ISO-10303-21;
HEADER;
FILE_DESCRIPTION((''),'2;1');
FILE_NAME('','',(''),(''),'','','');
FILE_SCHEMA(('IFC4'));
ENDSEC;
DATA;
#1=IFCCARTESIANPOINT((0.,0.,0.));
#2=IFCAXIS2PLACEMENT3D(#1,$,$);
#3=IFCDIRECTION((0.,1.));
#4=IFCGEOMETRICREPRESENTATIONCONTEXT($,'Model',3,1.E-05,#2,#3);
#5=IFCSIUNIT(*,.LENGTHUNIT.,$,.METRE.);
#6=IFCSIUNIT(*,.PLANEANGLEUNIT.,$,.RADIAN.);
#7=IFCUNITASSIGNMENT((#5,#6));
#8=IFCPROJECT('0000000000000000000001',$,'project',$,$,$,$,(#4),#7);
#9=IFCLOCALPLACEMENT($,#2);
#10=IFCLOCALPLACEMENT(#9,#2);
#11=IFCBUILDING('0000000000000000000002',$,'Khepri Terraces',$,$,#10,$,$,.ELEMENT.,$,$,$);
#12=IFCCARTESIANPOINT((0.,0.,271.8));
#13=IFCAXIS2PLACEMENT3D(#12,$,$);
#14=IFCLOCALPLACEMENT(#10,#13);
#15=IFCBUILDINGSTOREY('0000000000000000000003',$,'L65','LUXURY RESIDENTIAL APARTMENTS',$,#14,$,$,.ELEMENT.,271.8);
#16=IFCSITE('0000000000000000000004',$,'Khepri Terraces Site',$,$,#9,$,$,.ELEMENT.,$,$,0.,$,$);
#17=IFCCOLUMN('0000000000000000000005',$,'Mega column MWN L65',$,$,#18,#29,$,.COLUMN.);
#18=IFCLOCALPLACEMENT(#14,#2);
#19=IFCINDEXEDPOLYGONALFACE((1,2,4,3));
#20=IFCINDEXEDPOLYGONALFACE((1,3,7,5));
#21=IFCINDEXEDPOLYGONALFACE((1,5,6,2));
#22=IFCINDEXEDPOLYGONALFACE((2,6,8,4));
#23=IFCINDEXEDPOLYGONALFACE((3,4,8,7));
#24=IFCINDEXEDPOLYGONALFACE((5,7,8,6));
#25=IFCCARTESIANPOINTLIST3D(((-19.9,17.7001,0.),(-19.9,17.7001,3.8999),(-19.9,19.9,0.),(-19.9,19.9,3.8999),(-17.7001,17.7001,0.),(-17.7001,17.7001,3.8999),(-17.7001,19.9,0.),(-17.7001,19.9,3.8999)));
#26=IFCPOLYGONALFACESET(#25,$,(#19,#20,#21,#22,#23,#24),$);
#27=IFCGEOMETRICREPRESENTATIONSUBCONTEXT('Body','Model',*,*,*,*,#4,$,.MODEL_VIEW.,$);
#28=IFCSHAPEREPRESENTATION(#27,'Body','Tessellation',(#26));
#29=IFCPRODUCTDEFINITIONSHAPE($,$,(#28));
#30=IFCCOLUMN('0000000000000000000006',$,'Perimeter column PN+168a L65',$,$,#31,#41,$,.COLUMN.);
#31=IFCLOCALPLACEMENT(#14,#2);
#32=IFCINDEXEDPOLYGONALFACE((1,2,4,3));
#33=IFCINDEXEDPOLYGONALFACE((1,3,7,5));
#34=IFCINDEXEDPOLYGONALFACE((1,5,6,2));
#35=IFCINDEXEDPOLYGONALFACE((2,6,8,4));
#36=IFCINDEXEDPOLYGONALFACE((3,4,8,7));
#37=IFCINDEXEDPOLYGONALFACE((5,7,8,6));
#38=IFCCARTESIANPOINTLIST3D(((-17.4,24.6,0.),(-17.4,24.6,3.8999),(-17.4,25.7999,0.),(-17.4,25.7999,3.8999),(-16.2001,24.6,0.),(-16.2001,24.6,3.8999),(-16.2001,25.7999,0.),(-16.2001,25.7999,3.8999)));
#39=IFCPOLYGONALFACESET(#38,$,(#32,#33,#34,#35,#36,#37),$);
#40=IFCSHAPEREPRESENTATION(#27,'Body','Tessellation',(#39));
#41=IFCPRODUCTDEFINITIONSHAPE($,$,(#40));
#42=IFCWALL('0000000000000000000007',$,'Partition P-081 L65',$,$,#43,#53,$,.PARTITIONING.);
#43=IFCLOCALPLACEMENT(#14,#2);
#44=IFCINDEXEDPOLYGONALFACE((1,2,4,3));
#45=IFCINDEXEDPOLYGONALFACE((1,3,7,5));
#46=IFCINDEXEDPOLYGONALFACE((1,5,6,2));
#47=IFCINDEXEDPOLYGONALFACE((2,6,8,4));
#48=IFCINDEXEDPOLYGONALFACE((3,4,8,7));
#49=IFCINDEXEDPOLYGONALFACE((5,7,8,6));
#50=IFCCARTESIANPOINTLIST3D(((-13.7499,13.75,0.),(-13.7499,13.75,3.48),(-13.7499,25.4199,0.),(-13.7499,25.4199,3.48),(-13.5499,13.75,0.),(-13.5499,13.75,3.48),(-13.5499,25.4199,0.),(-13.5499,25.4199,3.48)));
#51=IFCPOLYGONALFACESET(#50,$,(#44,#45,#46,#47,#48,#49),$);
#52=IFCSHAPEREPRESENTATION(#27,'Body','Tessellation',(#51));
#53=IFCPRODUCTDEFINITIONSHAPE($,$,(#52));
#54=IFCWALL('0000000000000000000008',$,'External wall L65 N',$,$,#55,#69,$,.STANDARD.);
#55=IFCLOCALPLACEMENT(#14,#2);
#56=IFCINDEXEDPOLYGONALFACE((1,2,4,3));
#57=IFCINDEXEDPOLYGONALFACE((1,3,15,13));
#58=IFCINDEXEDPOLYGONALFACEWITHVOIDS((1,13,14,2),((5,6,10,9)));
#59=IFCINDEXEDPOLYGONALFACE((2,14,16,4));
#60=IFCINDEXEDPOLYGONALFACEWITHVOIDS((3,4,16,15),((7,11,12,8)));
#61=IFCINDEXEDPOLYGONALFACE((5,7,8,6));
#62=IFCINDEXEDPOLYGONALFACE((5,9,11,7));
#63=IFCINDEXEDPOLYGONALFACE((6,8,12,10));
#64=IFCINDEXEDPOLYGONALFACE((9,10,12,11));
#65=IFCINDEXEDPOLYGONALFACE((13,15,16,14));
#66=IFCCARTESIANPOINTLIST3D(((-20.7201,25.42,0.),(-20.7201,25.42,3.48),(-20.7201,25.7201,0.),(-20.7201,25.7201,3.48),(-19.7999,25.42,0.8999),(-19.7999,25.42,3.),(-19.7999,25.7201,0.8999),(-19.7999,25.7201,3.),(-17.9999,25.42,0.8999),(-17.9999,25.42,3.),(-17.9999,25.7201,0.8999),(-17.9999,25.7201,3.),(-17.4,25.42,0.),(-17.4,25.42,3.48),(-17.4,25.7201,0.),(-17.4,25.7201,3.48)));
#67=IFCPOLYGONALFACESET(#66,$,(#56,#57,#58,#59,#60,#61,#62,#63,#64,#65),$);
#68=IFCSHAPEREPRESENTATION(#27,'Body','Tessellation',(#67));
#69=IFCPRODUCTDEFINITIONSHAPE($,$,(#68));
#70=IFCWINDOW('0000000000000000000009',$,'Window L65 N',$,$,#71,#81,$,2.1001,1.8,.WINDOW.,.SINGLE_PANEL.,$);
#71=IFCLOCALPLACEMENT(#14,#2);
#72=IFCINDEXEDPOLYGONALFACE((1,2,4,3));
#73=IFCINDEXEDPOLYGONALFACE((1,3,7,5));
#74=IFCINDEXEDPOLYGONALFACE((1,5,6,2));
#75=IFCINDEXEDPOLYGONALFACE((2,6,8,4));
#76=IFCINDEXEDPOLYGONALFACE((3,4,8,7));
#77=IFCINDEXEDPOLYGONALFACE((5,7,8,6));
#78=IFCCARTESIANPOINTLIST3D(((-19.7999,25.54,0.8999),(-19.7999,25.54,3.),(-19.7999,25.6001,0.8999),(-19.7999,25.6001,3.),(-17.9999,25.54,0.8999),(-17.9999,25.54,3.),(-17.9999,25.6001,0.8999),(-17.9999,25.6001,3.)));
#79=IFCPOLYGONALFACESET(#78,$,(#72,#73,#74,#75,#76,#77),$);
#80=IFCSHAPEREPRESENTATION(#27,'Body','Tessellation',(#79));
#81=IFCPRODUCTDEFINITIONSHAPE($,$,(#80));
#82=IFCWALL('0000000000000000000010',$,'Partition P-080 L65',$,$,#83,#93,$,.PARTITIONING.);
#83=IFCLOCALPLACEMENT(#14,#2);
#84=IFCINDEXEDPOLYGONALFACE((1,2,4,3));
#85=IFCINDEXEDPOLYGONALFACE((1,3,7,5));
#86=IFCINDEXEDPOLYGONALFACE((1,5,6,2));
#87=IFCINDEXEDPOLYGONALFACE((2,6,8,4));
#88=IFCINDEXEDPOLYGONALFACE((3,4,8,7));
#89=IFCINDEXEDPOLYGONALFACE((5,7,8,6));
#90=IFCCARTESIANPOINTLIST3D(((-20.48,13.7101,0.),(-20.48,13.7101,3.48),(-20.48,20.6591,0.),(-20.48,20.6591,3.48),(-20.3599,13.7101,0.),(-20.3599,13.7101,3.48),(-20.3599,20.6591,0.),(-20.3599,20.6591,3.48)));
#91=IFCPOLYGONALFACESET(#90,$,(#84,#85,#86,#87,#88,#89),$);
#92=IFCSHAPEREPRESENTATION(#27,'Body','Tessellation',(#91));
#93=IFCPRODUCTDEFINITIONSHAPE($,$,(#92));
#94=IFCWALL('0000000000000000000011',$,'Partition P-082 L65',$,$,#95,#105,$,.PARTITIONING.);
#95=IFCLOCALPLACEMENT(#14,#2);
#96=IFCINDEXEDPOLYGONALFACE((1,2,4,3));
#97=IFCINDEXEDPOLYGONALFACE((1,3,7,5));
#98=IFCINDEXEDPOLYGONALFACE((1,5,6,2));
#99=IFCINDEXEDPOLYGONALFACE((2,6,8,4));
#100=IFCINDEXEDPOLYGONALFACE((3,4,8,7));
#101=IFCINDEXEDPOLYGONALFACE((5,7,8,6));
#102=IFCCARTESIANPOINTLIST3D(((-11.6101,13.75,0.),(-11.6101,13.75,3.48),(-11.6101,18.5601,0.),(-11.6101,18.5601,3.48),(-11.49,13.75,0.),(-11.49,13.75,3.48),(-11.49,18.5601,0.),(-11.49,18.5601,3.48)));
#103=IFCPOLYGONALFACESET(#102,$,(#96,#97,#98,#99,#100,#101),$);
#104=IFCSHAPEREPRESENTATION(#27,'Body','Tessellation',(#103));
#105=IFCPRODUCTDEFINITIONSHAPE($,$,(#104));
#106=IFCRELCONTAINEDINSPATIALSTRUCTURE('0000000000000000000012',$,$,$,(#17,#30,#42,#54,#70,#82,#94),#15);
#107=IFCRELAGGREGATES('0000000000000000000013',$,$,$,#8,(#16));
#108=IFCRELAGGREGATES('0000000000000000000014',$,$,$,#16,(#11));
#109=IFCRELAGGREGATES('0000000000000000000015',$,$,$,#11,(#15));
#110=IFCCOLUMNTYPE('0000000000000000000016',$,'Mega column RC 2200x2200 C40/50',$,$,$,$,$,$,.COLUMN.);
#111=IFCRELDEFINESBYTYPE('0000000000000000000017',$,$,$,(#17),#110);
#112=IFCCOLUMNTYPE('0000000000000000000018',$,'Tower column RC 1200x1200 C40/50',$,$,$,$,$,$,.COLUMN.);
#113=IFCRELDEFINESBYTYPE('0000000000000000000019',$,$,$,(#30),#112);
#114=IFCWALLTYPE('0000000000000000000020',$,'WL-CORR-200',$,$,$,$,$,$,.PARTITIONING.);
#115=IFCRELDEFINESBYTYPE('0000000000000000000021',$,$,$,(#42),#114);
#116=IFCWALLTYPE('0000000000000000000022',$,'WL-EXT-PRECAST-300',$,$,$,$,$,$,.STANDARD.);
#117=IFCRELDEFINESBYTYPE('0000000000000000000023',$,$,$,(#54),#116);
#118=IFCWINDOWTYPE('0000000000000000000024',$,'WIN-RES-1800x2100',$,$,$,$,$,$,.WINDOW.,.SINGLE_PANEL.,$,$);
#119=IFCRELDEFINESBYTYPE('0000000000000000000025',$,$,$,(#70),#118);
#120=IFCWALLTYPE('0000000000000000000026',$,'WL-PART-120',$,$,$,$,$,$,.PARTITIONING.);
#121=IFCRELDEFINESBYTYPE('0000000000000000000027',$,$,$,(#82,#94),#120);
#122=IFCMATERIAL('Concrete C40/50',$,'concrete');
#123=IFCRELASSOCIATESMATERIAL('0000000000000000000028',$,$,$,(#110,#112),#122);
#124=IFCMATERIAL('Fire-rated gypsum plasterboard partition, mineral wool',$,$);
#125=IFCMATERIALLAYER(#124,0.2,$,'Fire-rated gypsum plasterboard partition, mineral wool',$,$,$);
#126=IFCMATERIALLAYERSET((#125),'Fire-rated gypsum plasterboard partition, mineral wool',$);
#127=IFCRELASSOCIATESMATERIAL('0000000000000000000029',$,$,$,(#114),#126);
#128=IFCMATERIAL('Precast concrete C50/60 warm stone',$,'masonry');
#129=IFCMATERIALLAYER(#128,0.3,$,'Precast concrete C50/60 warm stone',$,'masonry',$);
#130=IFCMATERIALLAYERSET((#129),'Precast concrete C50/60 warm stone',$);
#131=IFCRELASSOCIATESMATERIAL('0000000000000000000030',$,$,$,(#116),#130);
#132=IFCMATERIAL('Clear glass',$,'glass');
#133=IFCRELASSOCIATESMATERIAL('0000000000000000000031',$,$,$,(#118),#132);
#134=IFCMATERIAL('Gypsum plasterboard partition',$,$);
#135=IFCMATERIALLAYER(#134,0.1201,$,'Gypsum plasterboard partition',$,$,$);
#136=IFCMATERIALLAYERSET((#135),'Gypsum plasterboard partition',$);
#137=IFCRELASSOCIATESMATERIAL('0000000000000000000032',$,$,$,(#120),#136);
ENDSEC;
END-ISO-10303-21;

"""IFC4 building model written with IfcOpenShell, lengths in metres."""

from ifc_helpers import new_model, si_unit, direction, frame, frame_2d, origin, origin_2d, place, context, subcontext, project, spatial, rectangle, extrude, material, layer, layer_set, material_profile, profile_set, type_object, element, fill, save


model = new_model("IFC4")

# Units and contexts
model_context = context("Model", 3, precision=1e-05, world=origin(), true_north=direction((0.0, 1.0)))
body_context = subcontext(model_context, "Body", "Model", "MODEL_VIEW")
ifc_project = project(units=[si_unit("LENGTHUNIT", "METRE"), si_unit("PLANEANGLEUNIT", "RADIAN")], contexts=[model_context])

# Site, building, storey
site_placement = place(None, origin())
site = spatial("IfcSite", under=ifc_project, at=site_placement, Name="Khepri Terraces Site", CompositionType="ELEMENT", RefElevation=0.0)
building_placement = place(site_placement, origin())
building = spatial("IfcBuilding", under=site, at=building_placement, Name="Khepri Terraces", CompositionType="ELEMENT")
storey_placement = place(building_placement, frame((0.0, 0.0, 271.8)))
storey = spatial("IfcBuildingStorey", under=building, at=storey_placement, Name="L65", Description="LUXURY RESIDENTIAL APARTMENTS", CompositionType="ELEMENT", Elevation=271.8)

# Columns
ifc_material_1 = material(Name="Concrete C40/50", Category="concrete")
ifc_material_profile_1 = material_profile(ifc_material_1, rectangle(XDim=2.2, YDim=2.2, at=origin_2d()), Name="Concrete C40/50", Category="concrete")
ifc_profile_set_1 = profile_set([ifc_material_profile_1], Name="Concrete C40/50")
column_type_1 = type_object("IfcColumnType", Name="Mega column RC 2200x2200 C40/50", PredefinedType="COLUMN", material=ifc_profile_set_1)
column_1_placement = place(storey_placement, frame((-18.8, 18.8, 0.0), z_axis=(0.0, 0.0, 1.0), x_axis=(1.0, 0.0, 0.0)))
element("IfcColumn", 1, at=column_1_placement, inside=storey, type_object=column_type_1, Name="Mega column MWN L65", PredefinedType="COLUMN", context=body_context, shape_type="SweptSolid", body=[
    extrude(rectangle(XDim=2.2, YDim=2.2, at=origin_2d()), origin(), (0.0, 0.0, 1.0), 3.8999),
])
ifc_material_profile_2 = material_profile(ifc_material_1, rectangle(XDim=1.2, YDim=1.2, at=origin_2d()), Name="Concrete C40/50", Category="concrete")
ifc_profile_set_2 = profile_set([ifc_material_profile_2], Name="Concrete C40/50")
column_type_2 = type_object("IfcColumnType", Name="Tower column RC 1200x1200 C40/50", PredefinedType="COLUMN", material=ifc_profile_set_2)
column_2_placement = place(storey_placement, frame((-16.8, 25.2, 0.0), z_axis=(0.0, 0.0, 1.0), x_axis=(1.0, 0.0, 0.0)))
element("IfcColumn", 2, at=column_2_placement, inside=storey, type_object=column_type_2, Name="Perimeter column PN+168a L65", PredefinedType="COLUMN", context=body_context, shape_type="SweptSolid", body=[
    extrude(rectangle(XDim=1.2, YDim=1.2, at=origin_2d()), origin(), (0.0, 0.0, 1.0), 3.8999),
])

# Wall
ifc_material_2 = material(Name="Fire-rated gypsum plasterboard partition, mineral wool")
ifc_layer_1 = layer(ifc_material_2, 0.2, Name="Fire-rated gypsum plasterboard partition, mineral wool")
ifc_layer_set_1 = layer_set([ifc_layer_1], Name="Fire-rated gypsum plasterboard partition, mineral wool")
wall_type_1 = type_object("IfcWallType", Name="WL-CORR-200", PredefinedType="PARTITIONING", material=ifc_layer_set_1)
wall_1_placement = place(storey_placement, frame((-13.6499, 13.75, 0.0), z_axis=(0.0, 0.0, 1.0), x_axis=(0.0, 1.0, 0.0)))
element("IfcWall", 3, at=wall_1_placement, inside=storey, type_object=wall_type_1, Name="Partition P-081 L65", PredefinedType="PARTITIONING", context=body_context, shape_type="SweptSolid", body=[
    extrude(rectangle(XDim=11.6699, YDim=0.2, at=frame_2d((5.835, 0.0))), origin(), (0.0, 0.0, 1.0), 3.48),
])

# Wall, opening, window
ifc_material_3 = material(Name="Precast concrete C50/60 warm stone", Category="masonry")
ifc_layer_2 = layer(ifc_material_3, 0.3, Name="Precast concrete C50/60 warm stone", Category="masonry")
ifc_layer_set_2 = layer_set([ifc_layer_2], Name="Precast concrete C50/60 warm stone")
wall_type_2 = type_object("IfcWallType", Name="WL-EXT-PRECAST-300", PredefinedType="STANDARD", material=ifc_layer_set_2)
wall_2_placement = place(storey_placement, frame((-17.3999, 25.5701, 0.0), z_axis=(0.0, 0.0, 1.0), x_axis=(-1.0, 0.0, 0.0)))
wall_2 = element("IfcWall", 4, at=wall_2_placement, inside=storey, type_object=wall_type_2, Name="External wall L65 N", PredefinedType="STANDARD", context=body_context, shape_type="SweptSolid", body=[
    extrude(rectangle(XDim=3.3201, YDim=0.3, at=frame_2d((1.6602, 0.0))), origin(), (0.0, 0.0, 1.0), 3.48),
])
opening_1_placement = place(wall_2_placement, frame((0.6001, 0.0, 0.8999)))
opening_1 = element("IfcOpeningElement", 5, at=opening_1_placement, cuts=wall_2, PredefinedType="OPENING", context=body_context, shape_type="SweptSolid", body=[
    extrude(rectangle(XDim=1.8, YDim=2.1001, at=frame_2d((0.8999, 1.05))), frame((0.0, 0.1602, 0.0), z_axis=(0.0, -1.0, 0.0), x_axis=(1.0, 0.0, 0.0)), (0.0, 0.0, 1.0), 0.3201),
])
ifc_material_4 = material(Name="Clear glass", Category="glass")
window_type = type_object("IfcWindowType", Name="WIN-RES-1800x2100", PartitioningType="SINGLE_PANEL", PredefinedType="WINDOW", material=ifc_material_4)
window_placement = place(opening_1_placement, origin())
window = element("IfcWindow", 6, at=window_placement, inside=storey, type_object=window_type, Name="Window L65 N", OverallHeight=2.1001, OverallWidth=1.8, PartitioningType="SINGLE_PANEL", PredefinedType="WINDOW", context=body_context, shape_type="SweptSolid", body=[
    extrude(rectangle(XDim=1.8, YDim=2.1001, at=frame_2d((0.8999, 1.05))), frame((0.0, 0.03, 0.0), z_axis=(0.0, -1.0, 0.0), x_axis=(1.0, 0.0, 0.0)), (0.0, 0.0, 1.0), 0.0601),
])
fill(opening_1, window)

# Walls
ifc_material_5 = material(Name="Gypsum plasterboard partition")
ifc_layer_3 = layer(ifc_material_5, 0.1201, Name="Gypsum plasterboard partition")
ifc_layer_set_3 = layer_set([ifc_layer_3], Name="Gypsum plasterboard partition")
wall_type_3 = type_object("IfcWallType", Name="WL-PART-120", PredefinedType="PARTITIONING", material=ifc_layer_set_3)
wall_3_placement = place(storey_placement, frame((-20.4199, 13.71, 0.0), z_axis=(0.0, 0.0, 1.0), x_axis=(0.0, 1.0, 0.0)))
element("IfcWall", 7, at=wall_3_placement, inside=storey, type_object=wall_type_3, Name="Partition P-080 L65", PredefinedType="PARTITIONING", context=body_context, shape_type="SweptSolid", body=[
    extrude(rectangle(XDim=6.949, YDim=0.1201, at=frame_2d((3.4746, 0.0))), origin(), (0.0, 0.0, 1.0), 3.48),
])
wall_4_placement = place(storey_placement, frame((-11.55, 13.75, 0.0), z_axis=(0.0, 0.0, 1.0), x_axis=(0.0, 1.0, 0.0)))
element("IfcWall", 8, at=wall_4_placement, inside=storey, type_object=wall_type_3, Name="Partition P-082 L65", PredefinedType="PARTITIONING", context=body_context, shape_type="SweptSolid", body=[
    extrude(rectangle(XDim=4.8101, YDim=0.1201, at=frame_2d((2.405, 0.0))), origin(), (0.0, 0.0, 1.0), 3.48),
])

save(model, "model.ifc")
